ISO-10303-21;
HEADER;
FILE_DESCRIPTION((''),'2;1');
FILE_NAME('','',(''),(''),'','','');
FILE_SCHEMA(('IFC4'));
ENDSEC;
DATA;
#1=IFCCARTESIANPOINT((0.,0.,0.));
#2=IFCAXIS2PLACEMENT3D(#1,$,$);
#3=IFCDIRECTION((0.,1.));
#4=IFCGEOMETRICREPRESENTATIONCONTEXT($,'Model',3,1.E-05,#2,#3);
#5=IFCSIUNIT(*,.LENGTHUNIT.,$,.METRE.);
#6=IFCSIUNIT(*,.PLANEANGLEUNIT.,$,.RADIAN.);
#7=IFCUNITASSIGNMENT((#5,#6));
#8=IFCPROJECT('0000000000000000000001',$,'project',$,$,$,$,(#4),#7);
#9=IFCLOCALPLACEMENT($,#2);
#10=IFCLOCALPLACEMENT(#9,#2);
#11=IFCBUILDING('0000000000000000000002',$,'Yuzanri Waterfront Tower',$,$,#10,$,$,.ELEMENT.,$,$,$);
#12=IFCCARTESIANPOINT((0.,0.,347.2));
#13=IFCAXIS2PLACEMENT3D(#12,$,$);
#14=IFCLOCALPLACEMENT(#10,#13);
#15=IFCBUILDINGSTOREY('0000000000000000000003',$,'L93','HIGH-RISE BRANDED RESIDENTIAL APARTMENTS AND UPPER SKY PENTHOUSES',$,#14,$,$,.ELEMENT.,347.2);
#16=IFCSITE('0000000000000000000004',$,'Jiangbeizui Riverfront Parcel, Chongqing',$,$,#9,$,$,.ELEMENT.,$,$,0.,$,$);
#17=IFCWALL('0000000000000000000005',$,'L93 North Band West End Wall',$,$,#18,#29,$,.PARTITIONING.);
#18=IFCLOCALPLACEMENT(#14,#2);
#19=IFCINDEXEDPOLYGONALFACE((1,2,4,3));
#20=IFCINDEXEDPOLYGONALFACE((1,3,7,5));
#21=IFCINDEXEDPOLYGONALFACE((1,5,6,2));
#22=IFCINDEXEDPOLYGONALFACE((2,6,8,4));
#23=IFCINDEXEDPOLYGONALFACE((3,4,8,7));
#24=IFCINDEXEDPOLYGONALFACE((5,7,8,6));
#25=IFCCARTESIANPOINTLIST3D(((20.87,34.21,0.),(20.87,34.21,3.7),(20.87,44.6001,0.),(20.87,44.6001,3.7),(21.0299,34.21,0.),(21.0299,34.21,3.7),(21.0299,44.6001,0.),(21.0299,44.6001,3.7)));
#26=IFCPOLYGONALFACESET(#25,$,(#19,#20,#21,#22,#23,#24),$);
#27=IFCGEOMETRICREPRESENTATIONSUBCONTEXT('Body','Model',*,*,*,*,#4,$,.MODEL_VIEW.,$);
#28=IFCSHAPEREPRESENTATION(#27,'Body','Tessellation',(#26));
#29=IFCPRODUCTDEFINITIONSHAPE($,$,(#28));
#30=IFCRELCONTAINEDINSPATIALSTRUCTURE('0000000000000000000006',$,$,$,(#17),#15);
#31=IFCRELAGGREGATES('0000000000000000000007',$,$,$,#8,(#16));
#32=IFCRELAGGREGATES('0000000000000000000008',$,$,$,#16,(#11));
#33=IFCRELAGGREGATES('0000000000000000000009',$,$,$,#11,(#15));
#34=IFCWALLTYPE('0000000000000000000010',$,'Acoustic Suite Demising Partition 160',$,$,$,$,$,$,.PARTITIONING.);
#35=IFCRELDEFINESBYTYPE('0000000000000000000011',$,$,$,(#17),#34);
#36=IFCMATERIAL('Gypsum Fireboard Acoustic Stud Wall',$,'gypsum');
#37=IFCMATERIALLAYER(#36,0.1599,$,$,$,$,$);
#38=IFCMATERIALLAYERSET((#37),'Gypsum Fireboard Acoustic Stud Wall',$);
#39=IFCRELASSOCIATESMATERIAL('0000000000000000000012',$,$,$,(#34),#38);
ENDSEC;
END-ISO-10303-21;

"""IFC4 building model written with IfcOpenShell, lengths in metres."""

from ifc_helpers import new_model, si_unit, direction, frame, frame_2d, origin, place, context, subcontext, project, spatial, rectangle, extrude, source, transform, mapped, material, layer, layer_set, type_object, element, save


model = new_model("IFC4")

# Units and contexts
model_context = context("Model", 3, precision=1e-05, world=origin(), true_north=direction((0.0, 1.0)))
body_context = subcontext(model_context, "Body", "Model", "MODEL_VIEW")
ifc_project = project(units=[si_unit("LENGTHUNIT", "METRE"), si_unit("PLANEANGLEUNIT", "RADIAN")], contexts=[model_context])

# Site, building, storey
site_placement = place(None, origin())
site = spatial("IfcSite", under=ifc_project, at=site_placement, Name="Jiangbeizui Riverfront Parcel, Chongqing", CompositionType="ELEMENT", RefElevation=0.0)
building_placement = place(site_placement, origin())
building = spatial("IfcBuilding", under=site, at=building_placement, Name="Yuzanri Waterfront Tower", CompositionType="ELEMENT")
storey_placement = place(building_placement, frame((0.0, 0.0, 347.2)))
storey = spatial("IfcBuildingStorey", under=building, at=storey_placement, Name="L93", Description="HIGH-RISE BRANDED RESIDENTIAL APARTMENTS AND UPPER SKY PENTHOUSES", CompositionType="ELEMENT", Elevation=347.2)

# Wall
ifc_material_1 = material(Name="Gypsum Fireboard Acoustic Stud Wall", Category="gypsum")
ifc_layer_1 = layer(ifc_material_1, 0.1599)
ifc_layer_set_1 = layer_set([ifc_layer_1], Name="Gypsum Fireboard Acoustic Stud Wall")
wall_type_1 = type_object("IfcWallType", Name="Acoustic Suite Demising Partition 160", PredefinedType="PARTITIONING", material=ifc_layer_set_1)
shared_shape_1 = source(origin(), body_context, "Body", "SweptSolid", [
    extrude(rectangle(XDim=10.3901, YDim=0.1599, at=frame_2d((5.1951, 0.0))), origin(), (0.0, 0.0, 1.0), 3.7),
])
wall_1_placement = place(storey_placement, frame((20.95, 34.21, 0.0), z_axis=(0.0, 0.0, 1.0), x_axis=(0.0, 1.0, 0.0)))
element("IfcWall", 1, at=wall_1_placement, inside=storey, type_object=wall_type_1, Name="L93 North Band West End Wall", PredefinedType="PARTITIONING", context=body_context, shape_type="MappedRepresentation", body=[
    mapped(shared_shape_1, transform((0.0, 0.0, 0.0), scale=1.0)),
])

save(model, "model.ifc")
